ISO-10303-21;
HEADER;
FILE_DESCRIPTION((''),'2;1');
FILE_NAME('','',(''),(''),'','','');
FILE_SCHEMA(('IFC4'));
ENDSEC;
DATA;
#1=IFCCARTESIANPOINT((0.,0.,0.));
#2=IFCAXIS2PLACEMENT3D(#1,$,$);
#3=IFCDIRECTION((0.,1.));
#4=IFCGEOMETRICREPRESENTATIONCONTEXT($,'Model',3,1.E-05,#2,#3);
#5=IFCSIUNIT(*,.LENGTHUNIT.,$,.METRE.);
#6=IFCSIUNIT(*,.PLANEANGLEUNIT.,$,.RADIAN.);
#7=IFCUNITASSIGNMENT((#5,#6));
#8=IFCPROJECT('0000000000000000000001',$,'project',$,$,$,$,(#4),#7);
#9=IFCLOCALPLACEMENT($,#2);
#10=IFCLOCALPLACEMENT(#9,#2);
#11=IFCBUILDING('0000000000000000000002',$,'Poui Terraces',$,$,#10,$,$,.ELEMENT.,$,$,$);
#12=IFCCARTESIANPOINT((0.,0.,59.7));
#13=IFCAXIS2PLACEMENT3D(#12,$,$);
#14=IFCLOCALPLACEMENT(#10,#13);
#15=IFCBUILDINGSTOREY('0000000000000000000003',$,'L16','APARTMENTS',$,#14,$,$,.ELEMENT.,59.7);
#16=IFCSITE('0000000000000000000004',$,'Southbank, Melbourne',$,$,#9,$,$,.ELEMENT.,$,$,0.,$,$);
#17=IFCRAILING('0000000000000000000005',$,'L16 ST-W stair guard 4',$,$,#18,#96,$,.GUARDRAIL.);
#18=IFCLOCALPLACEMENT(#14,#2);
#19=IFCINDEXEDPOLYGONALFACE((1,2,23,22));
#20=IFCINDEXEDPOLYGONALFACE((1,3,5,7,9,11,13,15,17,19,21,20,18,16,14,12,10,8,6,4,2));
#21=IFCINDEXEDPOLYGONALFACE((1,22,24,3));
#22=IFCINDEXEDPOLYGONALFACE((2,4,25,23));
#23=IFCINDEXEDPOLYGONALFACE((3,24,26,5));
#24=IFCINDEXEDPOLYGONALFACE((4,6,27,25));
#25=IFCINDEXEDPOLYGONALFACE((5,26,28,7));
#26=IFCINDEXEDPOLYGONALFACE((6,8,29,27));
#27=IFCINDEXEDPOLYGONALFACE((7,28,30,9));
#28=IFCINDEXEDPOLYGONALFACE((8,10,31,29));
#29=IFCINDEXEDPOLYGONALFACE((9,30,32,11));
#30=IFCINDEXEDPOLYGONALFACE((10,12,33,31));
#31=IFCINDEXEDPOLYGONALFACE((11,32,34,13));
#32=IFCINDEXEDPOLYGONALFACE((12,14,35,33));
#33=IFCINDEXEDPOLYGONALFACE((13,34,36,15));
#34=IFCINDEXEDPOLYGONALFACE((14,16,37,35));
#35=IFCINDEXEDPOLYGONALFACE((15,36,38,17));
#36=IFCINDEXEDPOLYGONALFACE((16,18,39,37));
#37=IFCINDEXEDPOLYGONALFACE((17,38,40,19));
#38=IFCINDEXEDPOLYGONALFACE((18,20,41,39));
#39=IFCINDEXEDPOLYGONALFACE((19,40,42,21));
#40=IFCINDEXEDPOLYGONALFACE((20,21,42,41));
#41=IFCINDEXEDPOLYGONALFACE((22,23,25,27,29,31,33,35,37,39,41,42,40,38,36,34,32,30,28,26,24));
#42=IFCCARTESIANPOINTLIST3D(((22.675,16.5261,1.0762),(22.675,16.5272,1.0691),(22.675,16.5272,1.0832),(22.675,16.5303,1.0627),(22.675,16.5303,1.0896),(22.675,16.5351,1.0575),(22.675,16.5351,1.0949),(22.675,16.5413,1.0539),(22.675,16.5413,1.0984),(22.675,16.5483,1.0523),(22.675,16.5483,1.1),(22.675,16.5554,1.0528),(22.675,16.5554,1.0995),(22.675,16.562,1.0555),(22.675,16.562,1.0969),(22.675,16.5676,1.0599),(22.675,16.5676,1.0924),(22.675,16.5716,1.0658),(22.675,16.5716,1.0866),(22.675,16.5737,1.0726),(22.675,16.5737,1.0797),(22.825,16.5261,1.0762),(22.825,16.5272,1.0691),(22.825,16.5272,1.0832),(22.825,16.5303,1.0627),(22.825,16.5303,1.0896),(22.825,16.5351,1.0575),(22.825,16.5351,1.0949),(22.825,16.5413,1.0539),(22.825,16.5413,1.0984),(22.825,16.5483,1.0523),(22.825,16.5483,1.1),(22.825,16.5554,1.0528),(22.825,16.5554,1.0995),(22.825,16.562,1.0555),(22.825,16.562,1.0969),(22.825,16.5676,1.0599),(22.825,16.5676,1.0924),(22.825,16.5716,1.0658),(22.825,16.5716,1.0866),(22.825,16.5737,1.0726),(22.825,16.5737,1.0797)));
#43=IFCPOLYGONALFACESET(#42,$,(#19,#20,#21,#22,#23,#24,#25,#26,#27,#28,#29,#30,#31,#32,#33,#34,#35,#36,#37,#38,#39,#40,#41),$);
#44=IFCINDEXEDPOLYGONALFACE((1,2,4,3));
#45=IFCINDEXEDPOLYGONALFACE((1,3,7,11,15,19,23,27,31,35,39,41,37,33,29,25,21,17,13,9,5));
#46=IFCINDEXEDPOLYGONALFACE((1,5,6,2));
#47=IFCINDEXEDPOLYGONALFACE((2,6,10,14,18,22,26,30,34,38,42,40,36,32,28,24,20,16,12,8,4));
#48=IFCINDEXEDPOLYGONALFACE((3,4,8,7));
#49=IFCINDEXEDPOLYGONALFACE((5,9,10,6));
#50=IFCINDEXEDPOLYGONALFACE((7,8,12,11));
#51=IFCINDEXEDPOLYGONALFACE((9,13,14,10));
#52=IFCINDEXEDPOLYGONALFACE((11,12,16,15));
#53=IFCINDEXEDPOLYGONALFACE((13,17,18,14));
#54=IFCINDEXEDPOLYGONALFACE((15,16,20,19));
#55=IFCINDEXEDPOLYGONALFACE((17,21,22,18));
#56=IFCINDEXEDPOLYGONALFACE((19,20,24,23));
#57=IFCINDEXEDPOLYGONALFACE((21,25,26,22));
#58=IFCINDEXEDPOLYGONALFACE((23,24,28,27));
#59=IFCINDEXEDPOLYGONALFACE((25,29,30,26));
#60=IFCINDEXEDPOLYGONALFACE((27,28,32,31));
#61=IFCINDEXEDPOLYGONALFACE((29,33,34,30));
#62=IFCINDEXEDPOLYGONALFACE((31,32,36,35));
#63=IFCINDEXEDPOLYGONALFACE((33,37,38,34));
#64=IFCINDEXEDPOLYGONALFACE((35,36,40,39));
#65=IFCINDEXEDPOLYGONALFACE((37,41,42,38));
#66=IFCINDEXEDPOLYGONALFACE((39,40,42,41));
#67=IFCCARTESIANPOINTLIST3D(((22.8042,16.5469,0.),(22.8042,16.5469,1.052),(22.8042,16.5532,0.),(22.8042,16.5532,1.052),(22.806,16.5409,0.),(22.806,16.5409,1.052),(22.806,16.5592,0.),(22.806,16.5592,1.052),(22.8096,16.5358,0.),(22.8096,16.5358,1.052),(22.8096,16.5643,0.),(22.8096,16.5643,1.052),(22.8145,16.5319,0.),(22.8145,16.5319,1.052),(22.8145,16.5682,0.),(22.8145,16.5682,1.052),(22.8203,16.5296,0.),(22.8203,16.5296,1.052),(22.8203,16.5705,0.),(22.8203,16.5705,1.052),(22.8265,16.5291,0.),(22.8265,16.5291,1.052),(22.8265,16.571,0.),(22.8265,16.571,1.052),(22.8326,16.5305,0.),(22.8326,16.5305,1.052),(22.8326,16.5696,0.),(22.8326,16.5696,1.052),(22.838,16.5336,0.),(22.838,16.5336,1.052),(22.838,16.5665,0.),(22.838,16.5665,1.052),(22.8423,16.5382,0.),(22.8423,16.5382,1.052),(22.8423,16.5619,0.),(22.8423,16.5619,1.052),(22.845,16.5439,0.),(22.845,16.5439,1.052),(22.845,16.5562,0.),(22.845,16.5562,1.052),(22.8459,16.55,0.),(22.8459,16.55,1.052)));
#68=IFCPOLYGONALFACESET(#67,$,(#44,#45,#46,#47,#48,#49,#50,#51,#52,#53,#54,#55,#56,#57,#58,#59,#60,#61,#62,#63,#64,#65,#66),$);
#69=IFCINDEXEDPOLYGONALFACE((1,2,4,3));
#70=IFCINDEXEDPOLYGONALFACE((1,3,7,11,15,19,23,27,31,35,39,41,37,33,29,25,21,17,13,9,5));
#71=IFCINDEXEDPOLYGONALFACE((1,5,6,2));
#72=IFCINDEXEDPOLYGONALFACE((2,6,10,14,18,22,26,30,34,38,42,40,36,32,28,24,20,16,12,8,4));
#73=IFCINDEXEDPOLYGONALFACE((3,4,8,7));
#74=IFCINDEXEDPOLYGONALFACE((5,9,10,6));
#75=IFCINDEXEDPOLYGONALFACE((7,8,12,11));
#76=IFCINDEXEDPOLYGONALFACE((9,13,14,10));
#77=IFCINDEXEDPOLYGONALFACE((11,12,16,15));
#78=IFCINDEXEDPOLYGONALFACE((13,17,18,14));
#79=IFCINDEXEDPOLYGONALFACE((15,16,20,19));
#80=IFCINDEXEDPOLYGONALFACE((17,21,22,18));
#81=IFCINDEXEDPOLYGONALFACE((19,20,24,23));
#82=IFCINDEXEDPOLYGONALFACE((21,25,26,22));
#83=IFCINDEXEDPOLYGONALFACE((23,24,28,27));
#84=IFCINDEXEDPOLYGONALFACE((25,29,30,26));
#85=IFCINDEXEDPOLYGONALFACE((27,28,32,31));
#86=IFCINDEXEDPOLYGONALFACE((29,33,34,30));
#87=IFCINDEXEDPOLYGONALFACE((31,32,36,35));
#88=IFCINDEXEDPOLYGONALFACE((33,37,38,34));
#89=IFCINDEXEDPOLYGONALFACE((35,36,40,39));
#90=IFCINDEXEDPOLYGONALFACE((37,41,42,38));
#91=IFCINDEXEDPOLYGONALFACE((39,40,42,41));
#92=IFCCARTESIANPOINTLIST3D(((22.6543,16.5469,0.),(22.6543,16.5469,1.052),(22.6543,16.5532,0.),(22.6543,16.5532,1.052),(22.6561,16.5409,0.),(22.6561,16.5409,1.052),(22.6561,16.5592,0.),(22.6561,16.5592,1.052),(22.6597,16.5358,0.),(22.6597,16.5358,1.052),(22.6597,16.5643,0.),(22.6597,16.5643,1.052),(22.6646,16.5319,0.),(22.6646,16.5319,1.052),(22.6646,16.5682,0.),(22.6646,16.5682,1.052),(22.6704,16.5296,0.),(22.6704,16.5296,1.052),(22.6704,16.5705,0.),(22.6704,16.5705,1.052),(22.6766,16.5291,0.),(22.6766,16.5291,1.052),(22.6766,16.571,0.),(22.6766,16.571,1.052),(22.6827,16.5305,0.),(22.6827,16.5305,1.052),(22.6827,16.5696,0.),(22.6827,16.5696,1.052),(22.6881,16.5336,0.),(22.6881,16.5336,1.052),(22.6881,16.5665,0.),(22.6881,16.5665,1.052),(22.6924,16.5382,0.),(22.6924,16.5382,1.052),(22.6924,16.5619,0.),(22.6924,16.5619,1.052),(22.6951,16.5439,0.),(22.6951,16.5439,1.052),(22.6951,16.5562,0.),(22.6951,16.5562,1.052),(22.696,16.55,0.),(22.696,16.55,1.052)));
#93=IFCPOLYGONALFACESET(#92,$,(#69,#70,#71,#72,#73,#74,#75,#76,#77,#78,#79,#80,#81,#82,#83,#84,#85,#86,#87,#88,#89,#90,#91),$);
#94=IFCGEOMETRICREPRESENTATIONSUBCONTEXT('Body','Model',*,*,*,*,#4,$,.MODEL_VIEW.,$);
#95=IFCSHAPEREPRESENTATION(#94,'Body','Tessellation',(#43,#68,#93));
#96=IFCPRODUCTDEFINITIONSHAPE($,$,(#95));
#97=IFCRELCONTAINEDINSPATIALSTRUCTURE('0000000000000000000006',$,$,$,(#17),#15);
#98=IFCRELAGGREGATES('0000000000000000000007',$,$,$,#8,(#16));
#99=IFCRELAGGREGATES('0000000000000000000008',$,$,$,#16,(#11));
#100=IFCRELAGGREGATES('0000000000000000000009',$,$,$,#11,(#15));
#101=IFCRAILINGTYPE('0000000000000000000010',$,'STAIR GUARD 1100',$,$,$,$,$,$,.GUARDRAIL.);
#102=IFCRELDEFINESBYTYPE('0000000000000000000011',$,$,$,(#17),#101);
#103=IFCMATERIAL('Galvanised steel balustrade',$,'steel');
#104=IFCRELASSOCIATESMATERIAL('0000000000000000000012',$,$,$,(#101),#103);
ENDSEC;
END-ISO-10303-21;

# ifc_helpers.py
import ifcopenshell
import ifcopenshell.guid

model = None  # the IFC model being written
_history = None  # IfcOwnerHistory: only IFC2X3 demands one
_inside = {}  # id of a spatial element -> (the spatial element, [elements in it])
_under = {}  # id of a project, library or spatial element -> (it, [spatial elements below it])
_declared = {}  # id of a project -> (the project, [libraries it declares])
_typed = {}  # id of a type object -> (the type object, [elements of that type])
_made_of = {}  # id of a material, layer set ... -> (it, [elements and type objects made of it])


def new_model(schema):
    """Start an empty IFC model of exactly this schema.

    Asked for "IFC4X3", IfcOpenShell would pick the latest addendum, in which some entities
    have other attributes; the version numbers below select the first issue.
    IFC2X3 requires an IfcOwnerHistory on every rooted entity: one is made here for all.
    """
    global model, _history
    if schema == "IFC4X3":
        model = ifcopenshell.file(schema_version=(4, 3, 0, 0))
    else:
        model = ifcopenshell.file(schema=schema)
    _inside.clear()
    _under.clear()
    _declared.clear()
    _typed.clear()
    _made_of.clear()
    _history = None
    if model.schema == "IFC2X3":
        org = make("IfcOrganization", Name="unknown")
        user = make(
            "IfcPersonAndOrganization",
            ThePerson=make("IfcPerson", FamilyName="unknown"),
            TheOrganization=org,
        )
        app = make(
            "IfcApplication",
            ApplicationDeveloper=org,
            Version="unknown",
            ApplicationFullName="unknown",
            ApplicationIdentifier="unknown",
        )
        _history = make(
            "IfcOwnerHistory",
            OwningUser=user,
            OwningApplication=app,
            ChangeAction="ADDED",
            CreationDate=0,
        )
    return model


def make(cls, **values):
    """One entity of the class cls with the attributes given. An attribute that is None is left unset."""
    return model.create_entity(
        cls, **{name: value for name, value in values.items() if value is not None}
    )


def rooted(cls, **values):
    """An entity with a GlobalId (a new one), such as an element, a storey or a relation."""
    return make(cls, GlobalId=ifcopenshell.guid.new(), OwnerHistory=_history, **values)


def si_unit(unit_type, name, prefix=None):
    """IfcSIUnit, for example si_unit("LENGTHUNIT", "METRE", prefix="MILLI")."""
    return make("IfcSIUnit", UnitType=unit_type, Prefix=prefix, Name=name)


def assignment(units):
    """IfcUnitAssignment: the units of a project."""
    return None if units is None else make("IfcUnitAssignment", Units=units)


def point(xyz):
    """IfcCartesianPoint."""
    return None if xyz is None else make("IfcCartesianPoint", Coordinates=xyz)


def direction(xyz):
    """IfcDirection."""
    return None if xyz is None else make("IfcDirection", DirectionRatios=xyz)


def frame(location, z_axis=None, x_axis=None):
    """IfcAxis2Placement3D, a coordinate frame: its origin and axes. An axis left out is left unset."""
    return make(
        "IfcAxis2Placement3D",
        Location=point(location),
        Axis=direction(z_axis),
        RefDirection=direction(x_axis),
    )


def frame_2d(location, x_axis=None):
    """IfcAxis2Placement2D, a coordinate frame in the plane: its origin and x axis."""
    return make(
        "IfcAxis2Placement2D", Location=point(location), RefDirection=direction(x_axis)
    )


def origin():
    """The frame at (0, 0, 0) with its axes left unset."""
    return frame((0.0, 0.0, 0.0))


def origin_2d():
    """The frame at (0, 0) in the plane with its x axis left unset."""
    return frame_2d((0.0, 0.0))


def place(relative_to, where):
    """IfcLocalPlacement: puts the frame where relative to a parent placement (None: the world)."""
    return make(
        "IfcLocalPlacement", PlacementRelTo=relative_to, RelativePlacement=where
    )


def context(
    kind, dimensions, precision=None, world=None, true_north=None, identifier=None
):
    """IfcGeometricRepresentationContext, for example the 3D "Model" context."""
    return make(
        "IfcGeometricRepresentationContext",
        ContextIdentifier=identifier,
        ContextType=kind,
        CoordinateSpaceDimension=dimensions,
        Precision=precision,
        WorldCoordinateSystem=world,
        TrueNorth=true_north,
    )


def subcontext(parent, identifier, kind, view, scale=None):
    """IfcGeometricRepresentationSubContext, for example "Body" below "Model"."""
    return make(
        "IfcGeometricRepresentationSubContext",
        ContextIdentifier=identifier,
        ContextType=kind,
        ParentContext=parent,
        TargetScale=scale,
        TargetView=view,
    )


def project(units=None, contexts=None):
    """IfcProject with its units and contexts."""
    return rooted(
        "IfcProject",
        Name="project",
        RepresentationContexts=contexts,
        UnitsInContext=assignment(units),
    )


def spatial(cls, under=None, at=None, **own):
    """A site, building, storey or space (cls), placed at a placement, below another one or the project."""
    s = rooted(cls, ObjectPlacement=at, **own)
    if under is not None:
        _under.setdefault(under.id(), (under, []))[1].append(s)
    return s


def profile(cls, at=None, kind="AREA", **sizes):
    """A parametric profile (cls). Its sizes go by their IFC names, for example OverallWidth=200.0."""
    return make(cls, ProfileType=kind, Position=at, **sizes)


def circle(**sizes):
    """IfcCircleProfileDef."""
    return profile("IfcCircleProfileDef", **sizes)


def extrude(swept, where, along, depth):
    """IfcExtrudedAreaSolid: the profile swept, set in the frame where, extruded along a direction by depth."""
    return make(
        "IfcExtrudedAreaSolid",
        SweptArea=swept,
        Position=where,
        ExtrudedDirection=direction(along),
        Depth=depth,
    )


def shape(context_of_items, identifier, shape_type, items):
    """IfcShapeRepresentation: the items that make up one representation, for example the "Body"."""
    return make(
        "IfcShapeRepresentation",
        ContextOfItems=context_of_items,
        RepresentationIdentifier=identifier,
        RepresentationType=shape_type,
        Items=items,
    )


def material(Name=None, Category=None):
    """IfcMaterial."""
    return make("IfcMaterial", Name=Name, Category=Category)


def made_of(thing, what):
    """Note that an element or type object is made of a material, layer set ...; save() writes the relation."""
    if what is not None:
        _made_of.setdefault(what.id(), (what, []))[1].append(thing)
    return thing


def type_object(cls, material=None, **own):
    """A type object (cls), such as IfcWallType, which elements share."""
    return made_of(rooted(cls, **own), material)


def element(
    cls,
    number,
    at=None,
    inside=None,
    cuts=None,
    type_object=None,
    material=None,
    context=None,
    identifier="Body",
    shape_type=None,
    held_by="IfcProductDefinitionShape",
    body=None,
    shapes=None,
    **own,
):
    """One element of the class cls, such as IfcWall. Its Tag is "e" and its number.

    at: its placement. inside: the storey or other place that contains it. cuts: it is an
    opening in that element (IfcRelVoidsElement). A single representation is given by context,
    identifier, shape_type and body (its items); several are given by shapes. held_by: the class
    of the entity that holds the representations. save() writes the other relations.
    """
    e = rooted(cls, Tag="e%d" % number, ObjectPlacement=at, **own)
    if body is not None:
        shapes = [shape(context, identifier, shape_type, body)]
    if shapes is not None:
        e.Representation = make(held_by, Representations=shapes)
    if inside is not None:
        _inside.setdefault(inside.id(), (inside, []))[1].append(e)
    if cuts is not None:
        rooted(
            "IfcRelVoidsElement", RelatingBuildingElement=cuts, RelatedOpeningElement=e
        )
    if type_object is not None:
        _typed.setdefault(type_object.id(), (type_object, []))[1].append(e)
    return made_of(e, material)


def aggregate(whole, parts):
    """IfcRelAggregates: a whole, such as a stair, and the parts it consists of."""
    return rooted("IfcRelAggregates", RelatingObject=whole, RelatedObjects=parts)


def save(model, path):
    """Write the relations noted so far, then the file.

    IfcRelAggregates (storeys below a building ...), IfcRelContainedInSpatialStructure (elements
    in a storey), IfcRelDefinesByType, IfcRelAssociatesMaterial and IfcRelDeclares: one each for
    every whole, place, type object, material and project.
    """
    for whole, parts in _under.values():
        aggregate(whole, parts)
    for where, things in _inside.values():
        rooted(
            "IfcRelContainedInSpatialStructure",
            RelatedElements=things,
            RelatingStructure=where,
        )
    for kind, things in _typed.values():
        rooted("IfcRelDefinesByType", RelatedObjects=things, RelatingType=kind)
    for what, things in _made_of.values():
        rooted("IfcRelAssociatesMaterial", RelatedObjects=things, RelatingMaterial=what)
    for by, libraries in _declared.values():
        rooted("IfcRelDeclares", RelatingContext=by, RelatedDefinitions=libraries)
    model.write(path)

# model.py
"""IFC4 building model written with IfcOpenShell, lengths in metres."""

from ifc_helpers import new_model, si_unit, direction, frame, origin, origin_2d, place, context, subcontext, project, spatial, circle, extrude, material, type_object, element, save


model = new_model("IFC4")

# Units and contexts
model_context = context("Model", 3, precision=1e-05, world=origin(), true_north=direction((0.0, 1.0)))
body_context = subcontext(model_context, "Body", "Model", "MODEL_VIEW")
ifc_project = project(units=[si_unit("LENGTHUNIT", "METRE"), si_unit("PLANEANGLEUNIT", "RADIAN")], contexts=[model_context])

# Site, building, storey
site_placement = place(None, origin())
site = spatial("IfcSite", under=ifc_project, at=site_placement, Name="Southbank, Melbourne", CompositionType="ELEMENT", RefElevation=0.0)
building_placement = place(site_placement, origin())
building = spatial("IfcBuilding", under=site, at=building_placement, Name="Poui Terraces", CompositionType="ELEMENT")
storey_placement = place(building_placement, frame((0.0, 0.0, 59.7)))
storey = spatial("IfcBuildingStorey", under=building, at=storey_placement, Name="L16", Description="APARTMENTS", CompositionType="ELEMENT", Elevation=59.7)

# Railing
ifc_material_1 = material(Name="Galvanised steel balustrade", Category="steel")
railing_type_1 = type_object("IfcRailingType", Name="STAIR GUARD 1100", PredefinedType="GUARDRAIL", material=ifc_material_1)
railing_1_placement = place(storey_placement, frame((22.825, 16.55, 0.0)))
element("IfcRailing", 1, at=railing_1_placement, inside=storey, type_object=railing_type_1, Name="L16 ST-W stair guard 4", PredefinedType="GUARDRAIL", context=body_context, shape_type="SweptSolid", body=[
    extrude(circle(Radius=0.0239, at=origin_2d()), frame((0.0, 0.0, 1.0762), z_axis=(-1.0, 0.0, 0.0), x_axis=(0.0, -1.0, 0.0)), (0.0, 0.0, 1.0), 0.1499),
    extrude(circle(Radius=0.021, at=origin_2d()), origin(), (0.0, 0.0, 1.0), 1.052),
    extrude(circle(Radius=0.021, at=origin_2d()), frame((-0.1499, 0.0, 0.0)), (0.0, 0.0, 1.0), 1.052),
])

save(model, "model.ifc")
